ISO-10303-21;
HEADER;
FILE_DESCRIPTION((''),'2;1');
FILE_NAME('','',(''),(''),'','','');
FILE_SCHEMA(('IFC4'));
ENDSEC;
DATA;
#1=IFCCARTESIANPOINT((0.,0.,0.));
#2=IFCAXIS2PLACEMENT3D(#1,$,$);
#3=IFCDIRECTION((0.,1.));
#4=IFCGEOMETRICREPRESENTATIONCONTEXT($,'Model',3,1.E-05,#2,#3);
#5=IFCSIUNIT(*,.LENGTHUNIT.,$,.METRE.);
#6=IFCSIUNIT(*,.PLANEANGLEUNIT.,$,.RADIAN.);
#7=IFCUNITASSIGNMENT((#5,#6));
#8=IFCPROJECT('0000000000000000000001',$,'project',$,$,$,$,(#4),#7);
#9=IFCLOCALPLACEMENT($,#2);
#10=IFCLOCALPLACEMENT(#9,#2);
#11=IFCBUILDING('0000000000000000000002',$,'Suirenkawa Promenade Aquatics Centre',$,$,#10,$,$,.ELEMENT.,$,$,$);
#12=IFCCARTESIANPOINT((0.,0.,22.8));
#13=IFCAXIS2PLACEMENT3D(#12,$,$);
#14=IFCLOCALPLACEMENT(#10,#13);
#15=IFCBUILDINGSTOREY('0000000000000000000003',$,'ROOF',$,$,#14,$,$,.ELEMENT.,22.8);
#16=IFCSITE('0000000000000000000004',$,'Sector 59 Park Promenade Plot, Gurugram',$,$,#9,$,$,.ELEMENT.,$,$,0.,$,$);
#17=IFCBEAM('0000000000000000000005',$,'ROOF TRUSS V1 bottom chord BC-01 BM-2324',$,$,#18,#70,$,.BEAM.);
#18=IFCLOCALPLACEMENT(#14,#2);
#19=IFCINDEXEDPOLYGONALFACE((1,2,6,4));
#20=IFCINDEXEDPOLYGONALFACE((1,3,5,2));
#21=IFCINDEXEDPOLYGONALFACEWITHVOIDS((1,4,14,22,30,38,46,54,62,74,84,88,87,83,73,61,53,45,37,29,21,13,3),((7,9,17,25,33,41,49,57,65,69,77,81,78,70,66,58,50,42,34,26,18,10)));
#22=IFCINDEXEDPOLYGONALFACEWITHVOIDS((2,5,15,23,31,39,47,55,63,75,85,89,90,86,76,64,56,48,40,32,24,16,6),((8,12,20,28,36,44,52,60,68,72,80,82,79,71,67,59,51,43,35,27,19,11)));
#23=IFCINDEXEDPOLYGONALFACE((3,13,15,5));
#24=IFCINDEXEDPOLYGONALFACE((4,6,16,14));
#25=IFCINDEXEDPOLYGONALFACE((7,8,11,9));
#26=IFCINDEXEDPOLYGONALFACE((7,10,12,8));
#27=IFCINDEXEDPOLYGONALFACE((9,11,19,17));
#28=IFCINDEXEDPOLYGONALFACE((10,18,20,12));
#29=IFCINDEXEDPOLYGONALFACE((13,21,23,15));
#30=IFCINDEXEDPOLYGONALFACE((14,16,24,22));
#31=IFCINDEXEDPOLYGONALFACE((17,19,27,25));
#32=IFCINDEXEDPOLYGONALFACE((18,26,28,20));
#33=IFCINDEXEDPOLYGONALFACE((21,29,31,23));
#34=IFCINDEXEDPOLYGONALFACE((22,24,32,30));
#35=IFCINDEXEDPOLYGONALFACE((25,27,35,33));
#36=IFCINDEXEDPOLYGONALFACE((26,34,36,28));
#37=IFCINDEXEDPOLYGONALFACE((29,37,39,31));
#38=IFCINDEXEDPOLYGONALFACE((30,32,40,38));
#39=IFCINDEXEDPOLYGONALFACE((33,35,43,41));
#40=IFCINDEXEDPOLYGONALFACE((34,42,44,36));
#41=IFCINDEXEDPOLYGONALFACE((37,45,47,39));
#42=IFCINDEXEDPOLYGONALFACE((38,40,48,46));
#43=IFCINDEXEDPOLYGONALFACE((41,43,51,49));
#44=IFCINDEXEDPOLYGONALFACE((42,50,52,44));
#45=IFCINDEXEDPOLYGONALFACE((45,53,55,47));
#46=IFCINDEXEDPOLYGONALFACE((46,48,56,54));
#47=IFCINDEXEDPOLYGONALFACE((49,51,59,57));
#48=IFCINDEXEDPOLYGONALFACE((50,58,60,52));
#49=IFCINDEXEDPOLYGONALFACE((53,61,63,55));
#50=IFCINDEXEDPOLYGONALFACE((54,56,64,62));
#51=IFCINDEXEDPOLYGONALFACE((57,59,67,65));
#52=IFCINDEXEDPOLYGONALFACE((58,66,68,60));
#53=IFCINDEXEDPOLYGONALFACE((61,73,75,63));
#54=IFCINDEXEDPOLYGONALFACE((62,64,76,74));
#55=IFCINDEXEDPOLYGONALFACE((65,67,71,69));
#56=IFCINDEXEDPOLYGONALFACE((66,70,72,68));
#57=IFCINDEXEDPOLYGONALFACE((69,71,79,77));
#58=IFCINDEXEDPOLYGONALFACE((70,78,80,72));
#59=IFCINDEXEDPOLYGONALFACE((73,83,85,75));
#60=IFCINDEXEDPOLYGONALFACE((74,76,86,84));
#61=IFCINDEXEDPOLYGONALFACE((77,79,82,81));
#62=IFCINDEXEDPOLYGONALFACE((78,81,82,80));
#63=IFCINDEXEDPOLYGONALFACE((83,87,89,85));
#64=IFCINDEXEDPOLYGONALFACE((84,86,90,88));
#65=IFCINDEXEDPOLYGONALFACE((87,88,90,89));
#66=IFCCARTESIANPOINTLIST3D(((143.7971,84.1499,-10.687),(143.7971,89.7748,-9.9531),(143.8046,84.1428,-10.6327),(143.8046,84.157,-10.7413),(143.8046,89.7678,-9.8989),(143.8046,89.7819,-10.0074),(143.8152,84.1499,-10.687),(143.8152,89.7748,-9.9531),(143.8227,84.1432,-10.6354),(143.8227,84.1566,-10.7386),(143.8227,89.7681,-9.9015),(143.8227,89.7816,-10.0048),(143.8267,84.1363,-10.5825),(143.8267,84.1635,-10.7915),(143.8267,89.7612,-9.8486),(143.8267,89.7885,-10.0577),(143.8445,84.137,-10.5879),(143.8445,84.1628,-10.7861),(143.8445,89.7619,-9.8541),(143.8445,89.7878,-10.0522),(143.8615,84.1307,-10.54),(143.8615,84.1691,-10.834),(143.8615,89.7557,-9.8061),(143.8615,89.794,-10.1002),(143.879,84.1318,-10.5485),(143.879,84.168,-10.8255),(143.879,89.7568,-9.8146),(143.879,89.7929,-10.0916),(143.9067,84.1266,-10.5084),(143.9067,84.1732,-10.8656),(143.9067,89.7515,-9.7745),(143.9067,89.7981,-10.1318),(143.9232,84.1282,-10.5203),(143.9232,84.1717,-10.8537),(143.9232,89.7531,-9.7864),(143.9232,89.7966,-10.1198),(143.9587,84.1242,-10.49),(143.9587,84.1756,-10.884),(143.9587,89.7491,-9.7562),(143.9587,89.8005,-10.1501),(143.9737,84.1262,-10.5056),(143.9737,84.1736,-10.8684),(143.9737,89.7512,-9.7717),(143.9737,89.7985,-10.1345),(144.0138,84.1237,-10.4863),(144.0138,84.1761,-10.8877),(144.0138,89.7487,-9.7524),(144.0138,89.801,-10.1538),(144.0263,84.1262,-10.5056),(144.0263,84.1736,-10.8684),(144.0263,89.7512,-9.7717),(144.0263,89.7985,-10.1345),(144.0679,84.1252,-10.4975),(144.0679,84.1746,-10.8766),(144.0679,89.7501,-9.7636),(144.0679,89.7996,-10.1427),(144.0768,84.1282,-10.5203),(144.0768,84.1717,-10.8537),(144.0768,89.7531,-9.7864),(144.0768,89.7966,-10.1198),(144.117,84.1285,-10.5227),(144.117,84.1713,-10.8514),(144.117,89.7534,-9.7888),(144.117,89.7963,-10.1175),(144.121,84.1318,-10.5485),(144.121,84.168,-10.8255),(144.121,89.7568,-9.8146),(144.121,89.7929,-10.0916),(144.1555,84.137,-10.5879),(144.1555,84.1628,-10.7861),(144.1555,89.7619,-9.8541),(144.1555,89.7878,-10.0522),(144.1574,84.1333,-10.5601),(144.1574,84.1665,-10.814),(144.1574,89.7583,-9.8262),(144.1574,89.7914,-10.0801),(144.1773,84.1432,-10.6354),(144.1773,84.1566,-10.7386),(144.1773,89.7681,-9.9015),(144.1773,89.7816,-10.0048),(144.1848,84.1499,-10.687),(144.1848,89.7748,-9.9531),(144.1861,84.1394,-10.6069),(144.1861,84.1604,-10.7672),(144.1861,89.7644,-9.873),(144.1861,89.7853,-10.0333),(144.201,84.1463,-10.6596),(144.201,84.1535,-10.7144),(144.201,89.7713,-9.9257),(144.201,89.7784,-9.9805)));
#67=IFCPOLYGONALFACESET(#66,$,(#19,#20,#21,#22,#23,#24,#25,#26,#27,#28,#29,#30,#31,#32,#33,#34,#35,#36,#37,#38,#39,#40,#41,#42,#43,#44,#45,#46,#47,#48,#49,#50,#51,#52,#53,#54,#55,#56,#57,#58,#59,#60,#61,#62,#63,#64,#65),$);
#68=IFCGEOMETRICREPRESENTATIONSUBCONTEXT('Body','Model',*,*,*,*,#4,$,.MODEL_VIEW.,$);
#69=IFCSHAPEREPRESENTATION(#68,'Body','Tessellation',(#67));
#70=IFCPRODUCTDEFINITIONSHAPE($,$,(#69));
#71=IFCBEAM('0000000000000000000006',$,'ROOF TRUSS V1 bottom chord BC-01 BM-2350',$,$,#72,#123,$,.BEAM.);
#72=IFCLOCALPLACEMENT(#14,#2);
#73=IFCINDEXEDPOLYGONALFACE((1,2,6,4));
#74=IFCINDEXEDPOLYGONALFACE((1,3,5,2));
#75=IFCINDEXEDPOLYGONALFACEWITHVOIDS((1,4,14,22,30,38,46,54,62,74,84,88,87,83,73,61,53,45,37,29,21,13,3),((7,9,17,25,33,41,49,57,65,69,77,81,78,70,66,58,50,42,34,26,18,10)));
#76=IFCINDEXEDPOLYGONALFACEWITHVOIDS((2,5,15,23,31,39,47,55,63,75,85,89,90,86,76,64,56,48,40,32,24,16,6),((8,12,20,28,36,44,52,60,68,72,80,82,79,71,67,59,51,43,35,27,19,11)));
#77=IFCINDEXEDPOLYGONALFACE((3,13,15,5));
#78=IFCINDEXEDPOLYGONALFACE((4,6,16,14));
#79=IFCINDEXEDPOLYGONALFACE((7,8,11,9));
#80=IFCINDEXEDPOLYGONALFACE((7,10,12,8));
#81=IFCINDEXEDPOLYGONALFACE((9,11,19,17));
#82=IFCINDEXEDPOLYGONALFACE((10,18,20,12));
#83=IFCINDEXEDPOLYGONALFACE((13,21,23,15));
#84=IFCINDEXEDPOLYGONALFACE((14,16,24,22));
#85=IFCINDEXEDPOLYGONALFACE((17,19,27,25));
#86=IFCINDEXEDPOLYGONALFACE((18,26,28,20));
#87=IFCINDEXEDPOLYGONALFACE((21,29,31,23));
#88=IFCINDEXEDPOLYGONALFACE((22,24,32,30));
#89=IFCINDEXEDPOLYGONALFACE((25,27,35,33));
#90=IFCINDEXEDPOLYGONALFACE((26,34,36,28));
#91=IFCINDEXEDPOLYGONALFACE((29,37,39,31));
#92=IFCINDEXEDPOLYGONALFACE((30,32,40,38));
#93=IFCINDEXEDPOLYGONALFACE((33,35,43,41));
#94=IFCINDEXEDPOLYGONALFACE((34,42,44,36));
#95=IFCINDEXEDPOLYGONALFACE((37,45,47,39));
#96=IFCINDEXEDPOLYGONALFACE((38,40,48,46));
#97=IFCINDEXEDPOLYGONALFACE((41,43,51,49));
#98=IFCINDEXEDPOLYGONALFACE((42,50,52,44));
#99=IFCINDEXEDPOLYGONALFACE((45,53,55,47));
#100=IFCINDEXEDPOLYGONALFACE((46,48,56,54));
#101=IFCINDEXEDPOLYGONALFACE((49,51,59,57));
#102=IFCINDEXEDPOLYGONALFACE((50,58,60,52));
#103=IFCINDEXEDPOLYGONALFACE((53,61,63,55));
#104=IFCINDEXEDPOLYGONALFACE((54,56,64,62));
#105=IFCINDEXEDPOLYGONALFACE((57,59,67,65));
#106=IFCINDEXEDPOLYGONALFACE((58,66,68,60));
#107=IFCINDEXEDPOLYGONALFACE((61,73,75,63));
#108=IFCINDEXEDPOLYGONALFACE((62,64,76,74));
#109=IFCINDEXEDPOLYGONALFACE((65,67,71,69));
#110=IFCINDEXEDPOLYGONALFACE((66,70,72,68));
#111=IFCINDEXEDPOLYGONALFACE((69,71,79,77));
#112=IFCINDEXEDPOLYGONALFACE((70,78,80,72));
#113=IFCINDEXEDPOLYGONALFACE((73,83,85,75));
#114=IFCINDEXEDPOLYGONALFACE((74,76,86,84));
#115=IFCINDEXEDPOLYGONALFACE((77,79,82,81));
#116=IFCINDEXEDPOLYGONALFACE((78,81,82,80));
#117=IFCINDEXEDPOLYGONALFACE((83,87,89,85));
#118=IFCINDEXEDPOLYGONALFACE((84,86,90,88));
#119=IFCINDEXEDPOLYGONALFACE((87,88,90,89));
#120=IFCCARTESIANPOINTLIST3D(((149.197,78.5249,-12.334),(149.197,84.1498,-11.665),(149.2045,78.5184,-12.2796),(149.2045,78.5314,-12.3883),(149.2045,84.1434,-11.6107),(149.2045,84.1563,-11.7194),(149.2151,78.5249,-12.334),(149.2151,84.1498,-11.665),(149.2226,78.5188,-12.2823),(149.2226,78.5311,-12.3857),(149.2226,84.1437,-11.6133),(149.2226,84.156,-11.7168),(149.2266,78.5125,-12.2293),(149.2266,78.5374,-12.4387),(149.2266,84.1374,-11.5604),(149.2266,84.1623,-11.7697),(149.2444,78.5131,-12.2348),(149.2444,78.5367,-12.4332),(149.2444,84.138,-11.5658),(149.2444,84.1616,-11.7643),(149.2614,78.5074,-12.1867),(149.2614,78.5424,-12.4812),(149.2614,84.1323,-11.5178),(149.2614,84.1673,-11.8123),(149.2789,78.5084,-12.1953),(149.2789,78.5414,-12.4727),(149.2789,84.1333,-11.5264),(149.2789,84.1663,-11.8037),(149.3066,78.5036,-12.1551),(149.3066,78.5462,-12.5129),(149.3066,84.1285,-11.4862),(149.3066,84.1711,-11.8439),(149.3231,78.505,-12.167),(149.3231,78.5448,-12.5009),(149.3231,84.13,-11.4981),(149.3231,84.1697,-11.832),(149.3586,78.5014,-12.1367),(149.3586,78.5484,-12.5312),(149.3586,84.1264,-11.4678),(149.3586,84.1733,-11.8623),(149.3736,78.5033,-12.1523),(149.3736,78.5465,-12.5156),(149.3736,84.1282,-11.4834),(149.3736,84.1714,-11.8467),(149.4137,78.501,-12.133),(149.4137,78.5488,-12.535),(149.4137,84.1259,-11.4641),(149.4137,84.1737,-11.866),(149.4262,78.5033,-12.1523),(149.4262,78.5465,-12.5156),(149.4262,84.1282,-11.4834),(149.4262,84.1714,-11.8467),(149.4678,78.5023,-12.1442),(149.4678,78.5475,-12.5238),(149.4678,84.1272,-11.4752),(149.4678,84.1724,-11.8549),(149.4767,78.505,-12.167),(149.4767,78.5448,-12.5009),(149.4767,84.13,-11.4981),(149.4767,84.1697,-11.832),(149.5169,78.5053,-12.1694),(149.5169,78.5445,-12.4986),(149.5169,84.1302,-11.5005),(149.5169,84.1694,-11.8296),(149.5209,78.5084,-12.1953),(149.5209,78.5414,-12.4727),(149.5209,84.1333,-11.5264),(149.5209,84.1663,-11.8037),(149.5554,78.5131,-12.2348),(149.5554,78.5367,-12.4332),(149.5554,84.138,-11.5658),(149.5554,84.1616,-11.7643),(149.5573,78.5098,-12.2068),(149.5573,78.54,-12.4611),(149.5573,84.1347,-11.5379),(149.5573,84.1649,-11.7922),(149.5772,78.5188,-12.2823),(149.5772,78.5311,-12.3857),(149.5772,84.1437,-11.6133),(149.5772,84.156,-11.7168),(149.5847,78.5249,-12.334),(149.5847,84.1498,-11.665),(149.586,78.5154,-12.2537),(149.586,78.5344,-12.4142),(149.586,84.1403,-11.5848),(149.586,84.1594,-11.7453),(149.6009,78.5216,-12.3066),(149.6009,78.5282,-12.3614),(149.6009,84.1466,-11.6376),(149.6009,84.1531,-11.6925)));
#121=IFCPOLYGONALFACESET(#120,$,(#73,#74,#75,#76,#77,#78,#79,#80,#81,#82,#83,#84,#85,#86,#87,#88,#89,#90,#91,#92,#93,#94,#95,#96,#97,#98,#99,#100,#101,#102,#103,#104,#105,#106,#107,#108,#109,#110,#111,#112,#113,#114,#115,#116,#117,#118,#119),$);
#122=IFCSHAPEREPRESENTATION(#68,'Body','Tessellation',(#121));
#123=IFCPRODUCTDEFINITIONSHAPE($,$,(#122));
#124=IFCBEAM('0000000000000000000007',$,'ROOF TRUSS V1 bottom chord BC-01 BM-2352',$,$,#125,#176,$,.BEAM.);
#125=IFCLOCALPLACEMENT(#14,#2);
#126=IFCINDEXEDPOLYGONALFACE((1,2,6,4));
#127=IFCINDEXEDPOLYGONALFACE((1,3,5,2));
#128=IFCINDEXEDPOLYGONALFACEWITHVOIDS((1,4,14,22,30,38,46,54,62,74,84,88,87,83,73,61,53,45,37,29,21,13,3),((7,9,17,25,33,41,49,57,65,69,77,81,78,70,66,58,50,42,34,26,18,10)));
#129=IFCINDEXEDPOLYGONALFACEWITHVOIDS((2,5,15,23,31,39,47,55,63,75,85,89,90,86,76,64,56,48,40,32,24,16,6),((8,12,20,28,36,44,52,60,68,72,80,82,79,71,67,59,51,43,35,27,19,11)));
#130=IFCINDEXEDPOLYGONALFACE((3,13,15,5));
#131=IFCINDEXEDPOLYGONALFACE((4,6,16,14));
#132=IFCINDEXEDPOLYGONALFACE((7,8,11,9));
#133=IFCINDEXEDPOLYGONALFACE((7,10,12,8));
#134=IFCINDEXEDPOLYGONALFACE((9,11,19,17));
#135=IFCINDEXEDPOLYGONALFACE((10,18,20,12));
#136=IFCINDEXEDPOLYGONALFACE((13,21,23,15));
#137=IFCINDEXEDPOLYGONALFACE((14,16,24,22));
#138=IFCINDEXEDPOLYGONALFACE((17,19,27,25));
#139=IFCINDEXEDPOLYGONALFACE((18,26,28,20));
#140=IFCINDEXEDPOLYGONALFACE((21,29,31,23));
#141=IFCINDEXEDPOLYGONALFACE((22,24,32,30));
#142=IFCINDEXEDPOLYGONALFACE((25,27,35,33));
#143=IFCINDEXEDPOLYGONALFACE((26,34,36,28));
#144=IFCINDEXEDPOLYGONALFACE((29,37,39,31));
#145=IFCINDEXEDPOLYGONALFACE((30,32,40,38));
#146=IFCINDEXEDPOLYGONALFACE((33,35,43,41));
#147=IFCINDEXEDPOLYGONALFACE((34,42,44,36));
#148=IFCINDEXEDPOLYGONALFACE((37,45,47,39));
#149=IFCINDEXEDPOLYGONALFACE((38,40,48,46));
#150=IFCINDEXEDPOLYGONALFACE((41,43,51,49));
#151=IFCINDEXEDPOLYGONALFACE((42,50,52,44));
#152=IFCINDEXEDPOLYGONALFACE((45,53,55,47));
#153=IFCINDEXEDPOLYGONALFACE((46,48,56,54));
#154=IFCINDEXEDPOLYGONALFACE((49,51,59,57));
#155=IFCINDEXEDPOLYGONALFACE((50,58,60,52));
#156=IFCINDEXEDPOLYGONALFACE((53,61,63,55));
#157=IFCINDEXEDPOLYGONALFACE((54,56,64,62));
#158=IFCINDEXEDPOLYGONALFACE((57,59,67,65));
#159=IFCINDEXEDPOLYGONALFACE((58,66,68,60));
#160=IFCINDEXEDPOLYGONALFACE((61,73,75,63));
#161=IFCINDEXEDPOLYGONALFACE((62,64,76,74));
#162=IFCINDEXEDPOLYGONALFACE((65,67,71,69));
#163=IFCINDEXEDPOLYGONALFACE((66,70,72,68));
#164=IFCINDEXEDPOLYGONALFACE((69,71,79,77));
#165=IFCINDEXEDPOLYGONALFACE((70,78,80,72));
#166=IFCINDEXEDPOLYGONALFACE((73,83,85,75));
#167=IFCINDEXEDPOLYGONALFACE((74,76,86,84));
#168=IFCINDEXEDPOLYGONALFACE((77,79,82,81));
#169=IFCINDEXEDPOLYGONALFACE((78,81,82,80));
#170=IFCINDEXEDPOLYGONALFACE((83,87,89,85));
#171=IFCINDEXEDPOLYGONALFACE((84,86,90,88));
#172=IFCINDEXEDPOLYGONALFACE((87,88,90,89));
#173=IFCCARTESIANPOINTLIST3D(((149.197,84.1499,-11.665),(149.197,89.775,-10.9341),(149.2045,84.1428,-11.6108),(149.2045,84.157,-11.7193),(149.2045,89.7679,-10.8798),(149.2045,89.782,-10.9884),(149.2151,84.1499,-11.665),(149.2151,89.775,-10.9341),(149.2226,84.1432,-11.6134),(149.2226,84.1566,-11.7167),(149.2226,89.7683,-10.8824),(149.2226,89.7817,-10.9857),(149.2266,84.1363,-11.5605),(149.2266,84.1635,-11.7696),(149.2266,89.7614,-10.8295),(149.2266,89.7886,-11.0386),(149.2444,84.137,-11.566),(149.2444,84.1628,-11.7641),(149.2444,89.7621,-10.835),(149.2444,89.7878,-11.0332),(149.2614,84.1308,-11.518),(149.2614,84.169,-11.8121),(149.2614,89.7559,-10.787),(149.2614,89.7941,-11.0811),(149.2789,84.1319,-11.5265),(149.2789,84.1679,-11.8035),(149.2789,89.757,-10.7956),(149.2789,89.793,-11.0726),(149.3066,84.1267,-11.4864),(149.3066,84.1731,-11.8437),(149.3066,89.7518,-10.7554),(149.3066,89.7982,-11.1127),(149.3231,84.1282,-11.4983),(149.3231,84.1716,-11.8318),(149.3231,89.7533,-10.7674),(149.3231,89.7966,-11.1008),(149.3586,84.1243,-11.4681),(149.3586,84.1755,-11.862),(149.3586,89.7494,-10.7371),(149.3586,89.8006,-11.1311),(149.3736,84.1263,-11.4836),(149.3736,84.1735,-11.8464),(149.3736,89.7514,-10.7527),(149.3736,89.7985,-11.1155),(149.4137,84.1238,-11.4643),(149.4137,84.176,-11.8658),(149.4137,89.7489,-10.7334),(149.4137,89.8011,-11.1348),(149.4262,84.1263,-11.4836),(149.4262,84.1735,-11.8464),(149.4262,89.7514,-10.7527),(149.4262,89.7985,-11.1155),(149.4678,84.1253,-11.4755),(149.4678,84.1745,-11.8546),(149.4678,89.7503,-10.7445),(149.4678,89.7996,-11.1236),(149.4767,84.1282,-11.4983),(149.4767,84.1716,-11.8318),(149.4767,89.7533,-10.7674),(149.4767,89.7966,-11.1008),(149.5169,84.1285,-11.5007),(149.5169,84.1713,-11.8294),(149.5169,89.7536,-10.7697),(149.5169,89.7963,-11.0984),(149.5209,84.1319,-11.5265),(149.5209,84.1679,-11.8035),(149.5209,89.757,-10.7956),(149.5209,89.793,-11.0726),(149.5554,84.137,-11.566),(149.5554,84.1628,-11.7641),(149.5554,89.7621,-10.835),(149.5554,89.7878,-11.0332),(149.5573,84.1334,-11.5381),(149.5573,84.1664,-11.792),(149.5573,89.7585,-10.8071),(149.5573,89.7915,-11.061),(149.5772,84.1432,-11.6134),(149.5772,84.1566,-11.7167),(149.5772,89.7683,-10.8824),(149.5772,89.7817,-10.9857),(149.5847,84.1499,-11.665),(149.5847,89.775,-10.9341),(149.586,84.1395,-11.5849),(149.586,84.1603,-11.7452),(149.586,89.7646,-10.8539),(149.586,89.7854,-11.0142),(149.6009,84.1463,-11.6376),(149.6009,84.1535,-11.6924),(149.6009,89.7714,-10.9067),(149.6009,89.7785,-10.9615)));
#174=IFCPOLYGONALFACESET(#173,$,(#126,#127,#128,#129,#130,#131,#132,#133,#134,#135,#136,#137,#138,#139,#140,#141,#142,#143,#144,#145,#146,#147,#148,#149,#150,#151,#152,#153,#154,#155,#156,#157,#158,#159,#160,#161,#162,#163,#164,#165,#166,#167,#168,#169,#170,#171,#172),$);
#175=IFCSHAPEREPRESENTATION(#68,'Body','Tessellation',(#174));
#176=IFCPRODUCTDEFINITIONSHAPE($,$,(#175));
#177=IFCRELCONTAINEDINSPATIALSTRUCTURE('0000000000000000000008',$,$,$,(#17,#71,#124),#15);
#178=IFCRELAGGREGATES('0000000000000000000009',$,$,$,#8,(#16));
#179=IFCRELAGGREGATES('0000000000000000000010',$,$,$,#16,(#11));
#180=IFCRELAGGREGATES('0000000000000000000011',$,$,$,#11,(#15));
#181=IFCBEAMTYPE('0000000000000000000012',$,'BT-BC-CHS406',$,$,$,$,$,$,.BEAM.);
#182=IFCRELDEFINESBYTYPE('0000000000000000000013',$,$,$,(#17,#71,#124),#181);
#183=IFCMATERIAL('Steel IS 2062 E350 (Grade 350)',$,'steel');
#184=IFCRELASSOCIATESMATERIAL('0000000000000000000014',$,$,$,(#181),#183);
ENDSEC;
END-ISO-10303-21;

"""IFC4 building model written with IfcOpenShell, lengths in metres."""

from ifc_helpers import new_model, si_unit, direction, frame, origin, origin_2d, place, context, subcontext, project, spatial, hollow_circle, extrude, material, material_profile, profile_set, type_object, element, save


model = new_model("IFC4")

# Units and contexts
model_context = context("Model", 3, precision=1e-05, world=origin(), true_north=direction((0.0, 1.0)))
body_context = subcontext(model_context, "Body", "Model", "MODEL_VIEW")
ifc_project = project(units=[si_unit("LENGTHUNIT", "METRE"), si_unit("PLANEANGLEUNIT", "RADIAN")], contexts=[model_context])

# Site, building, storey
site_placement = place(None, origin())
site = spatial("IfcSite", under=ifc_project, at=site_placement, Name="Sector 59 Park Promenade Plot, Gurugram", CompositionType="ELEMENT", RefElevation=0.0)
building_placement = place(site_placement, origin())
building = spatial("IfcBuilding", under=site, at=building_placement, Name="Suirenkawa Promenade Aquatics Centre", CompositionType="ELEMENT")
storey_placement = place(building_placement, frame((0.0, 0.0, 22.8)))
storey = spatial("IfcBuildingStorey", under=building, at=storey_placement, Name="ROOF", CompositionType="ELEMENT", Elevation=22.8)

# Beams
ifc_material = material(Name="Steel IS 2062 E350 (Grade 350)", Category="steel")
ifc_material_profile_1 = material_profile(ifc_material, hollow_circle(Radius=0.2029, WallThickness=0.0181, at=origin_2d()), Name="CHS 406x18", Category="steel")
ifc_profile_set_1 = profile_set([ifc_material_profile_1], Name="Steel IS 2062 E350 (Grade 350)")
beam_type_1 = type_object("IfcBeamType", Name="BT-BC-CHS406", PredefinedType="BEAM", material=ifc_profile_set_1)
beam_1_placement = place(storey_placement, frame((144.0, 84.1499, -10.687), z_axis=(0.0, 0.991596, 0.129372), x_axis=(-1.0, 0.0, 0.0)))
element("IfcBeam", 1, at=beam_1_placement, inside=storey, type_object=beam_type_1, Name="ROOF TRUSS V1 bottom chord BC-01 BM-2324", PredefinedType="BEAM", context=body_context, shape_type="SweptSolid", body=[
    extrude(hollow_circle(Radius=0.2029, WallThickness=0.0181, at=origin_2d()), origin(), (0.0, 0.0, 1.0), 5.6726),
])
beam_2_placement = place(storey_placement, frame((149.3999, 78.5249, -12.334), z_axis=(0.0, 0.993003, 0.118091), x_axis=(-1.0, 0.0, 0.0)))
element("IfcBeam", 2, at=beam_2_placement, inside=storey, type_object=beam_type_1, Name="ROOF TRUSS V1 bottom chord BC-01 BM-2350", PredefinedType="BEAM", context=body_context, shape_type="SweptSolid", body=[
    extrude(hollow_circle(Radius=0.2029, WallThickness=0.0181, at=origin_2d()), origin(), (0.0, 0.0, 1.0), 5.6646),
])
beam_3_placement = place(storey_placement, frame((149.3999, 84.1499, -11.665), z_axis=(0.0, 0.991662, 0.128864), x_axis=(-1.0, 0.0, 0.0)))
element("IfcBeam", 3, at=beam_3_placement, inside=storey, type_object=beam_type_1, Name="ROOF TRUSS V1 bottom chord BC-01 BM-2352", PredefinedType="BEAM", context=body_context, shape_type="SweptSolid", body=[
    extrude(hollow_circle(Radius=0.2029, WallThickness=0.0181, at=origin_2d()), origin(), (0.0, 0.0, 1.0), 5.6724),
])

save(model, "model.ifc")
